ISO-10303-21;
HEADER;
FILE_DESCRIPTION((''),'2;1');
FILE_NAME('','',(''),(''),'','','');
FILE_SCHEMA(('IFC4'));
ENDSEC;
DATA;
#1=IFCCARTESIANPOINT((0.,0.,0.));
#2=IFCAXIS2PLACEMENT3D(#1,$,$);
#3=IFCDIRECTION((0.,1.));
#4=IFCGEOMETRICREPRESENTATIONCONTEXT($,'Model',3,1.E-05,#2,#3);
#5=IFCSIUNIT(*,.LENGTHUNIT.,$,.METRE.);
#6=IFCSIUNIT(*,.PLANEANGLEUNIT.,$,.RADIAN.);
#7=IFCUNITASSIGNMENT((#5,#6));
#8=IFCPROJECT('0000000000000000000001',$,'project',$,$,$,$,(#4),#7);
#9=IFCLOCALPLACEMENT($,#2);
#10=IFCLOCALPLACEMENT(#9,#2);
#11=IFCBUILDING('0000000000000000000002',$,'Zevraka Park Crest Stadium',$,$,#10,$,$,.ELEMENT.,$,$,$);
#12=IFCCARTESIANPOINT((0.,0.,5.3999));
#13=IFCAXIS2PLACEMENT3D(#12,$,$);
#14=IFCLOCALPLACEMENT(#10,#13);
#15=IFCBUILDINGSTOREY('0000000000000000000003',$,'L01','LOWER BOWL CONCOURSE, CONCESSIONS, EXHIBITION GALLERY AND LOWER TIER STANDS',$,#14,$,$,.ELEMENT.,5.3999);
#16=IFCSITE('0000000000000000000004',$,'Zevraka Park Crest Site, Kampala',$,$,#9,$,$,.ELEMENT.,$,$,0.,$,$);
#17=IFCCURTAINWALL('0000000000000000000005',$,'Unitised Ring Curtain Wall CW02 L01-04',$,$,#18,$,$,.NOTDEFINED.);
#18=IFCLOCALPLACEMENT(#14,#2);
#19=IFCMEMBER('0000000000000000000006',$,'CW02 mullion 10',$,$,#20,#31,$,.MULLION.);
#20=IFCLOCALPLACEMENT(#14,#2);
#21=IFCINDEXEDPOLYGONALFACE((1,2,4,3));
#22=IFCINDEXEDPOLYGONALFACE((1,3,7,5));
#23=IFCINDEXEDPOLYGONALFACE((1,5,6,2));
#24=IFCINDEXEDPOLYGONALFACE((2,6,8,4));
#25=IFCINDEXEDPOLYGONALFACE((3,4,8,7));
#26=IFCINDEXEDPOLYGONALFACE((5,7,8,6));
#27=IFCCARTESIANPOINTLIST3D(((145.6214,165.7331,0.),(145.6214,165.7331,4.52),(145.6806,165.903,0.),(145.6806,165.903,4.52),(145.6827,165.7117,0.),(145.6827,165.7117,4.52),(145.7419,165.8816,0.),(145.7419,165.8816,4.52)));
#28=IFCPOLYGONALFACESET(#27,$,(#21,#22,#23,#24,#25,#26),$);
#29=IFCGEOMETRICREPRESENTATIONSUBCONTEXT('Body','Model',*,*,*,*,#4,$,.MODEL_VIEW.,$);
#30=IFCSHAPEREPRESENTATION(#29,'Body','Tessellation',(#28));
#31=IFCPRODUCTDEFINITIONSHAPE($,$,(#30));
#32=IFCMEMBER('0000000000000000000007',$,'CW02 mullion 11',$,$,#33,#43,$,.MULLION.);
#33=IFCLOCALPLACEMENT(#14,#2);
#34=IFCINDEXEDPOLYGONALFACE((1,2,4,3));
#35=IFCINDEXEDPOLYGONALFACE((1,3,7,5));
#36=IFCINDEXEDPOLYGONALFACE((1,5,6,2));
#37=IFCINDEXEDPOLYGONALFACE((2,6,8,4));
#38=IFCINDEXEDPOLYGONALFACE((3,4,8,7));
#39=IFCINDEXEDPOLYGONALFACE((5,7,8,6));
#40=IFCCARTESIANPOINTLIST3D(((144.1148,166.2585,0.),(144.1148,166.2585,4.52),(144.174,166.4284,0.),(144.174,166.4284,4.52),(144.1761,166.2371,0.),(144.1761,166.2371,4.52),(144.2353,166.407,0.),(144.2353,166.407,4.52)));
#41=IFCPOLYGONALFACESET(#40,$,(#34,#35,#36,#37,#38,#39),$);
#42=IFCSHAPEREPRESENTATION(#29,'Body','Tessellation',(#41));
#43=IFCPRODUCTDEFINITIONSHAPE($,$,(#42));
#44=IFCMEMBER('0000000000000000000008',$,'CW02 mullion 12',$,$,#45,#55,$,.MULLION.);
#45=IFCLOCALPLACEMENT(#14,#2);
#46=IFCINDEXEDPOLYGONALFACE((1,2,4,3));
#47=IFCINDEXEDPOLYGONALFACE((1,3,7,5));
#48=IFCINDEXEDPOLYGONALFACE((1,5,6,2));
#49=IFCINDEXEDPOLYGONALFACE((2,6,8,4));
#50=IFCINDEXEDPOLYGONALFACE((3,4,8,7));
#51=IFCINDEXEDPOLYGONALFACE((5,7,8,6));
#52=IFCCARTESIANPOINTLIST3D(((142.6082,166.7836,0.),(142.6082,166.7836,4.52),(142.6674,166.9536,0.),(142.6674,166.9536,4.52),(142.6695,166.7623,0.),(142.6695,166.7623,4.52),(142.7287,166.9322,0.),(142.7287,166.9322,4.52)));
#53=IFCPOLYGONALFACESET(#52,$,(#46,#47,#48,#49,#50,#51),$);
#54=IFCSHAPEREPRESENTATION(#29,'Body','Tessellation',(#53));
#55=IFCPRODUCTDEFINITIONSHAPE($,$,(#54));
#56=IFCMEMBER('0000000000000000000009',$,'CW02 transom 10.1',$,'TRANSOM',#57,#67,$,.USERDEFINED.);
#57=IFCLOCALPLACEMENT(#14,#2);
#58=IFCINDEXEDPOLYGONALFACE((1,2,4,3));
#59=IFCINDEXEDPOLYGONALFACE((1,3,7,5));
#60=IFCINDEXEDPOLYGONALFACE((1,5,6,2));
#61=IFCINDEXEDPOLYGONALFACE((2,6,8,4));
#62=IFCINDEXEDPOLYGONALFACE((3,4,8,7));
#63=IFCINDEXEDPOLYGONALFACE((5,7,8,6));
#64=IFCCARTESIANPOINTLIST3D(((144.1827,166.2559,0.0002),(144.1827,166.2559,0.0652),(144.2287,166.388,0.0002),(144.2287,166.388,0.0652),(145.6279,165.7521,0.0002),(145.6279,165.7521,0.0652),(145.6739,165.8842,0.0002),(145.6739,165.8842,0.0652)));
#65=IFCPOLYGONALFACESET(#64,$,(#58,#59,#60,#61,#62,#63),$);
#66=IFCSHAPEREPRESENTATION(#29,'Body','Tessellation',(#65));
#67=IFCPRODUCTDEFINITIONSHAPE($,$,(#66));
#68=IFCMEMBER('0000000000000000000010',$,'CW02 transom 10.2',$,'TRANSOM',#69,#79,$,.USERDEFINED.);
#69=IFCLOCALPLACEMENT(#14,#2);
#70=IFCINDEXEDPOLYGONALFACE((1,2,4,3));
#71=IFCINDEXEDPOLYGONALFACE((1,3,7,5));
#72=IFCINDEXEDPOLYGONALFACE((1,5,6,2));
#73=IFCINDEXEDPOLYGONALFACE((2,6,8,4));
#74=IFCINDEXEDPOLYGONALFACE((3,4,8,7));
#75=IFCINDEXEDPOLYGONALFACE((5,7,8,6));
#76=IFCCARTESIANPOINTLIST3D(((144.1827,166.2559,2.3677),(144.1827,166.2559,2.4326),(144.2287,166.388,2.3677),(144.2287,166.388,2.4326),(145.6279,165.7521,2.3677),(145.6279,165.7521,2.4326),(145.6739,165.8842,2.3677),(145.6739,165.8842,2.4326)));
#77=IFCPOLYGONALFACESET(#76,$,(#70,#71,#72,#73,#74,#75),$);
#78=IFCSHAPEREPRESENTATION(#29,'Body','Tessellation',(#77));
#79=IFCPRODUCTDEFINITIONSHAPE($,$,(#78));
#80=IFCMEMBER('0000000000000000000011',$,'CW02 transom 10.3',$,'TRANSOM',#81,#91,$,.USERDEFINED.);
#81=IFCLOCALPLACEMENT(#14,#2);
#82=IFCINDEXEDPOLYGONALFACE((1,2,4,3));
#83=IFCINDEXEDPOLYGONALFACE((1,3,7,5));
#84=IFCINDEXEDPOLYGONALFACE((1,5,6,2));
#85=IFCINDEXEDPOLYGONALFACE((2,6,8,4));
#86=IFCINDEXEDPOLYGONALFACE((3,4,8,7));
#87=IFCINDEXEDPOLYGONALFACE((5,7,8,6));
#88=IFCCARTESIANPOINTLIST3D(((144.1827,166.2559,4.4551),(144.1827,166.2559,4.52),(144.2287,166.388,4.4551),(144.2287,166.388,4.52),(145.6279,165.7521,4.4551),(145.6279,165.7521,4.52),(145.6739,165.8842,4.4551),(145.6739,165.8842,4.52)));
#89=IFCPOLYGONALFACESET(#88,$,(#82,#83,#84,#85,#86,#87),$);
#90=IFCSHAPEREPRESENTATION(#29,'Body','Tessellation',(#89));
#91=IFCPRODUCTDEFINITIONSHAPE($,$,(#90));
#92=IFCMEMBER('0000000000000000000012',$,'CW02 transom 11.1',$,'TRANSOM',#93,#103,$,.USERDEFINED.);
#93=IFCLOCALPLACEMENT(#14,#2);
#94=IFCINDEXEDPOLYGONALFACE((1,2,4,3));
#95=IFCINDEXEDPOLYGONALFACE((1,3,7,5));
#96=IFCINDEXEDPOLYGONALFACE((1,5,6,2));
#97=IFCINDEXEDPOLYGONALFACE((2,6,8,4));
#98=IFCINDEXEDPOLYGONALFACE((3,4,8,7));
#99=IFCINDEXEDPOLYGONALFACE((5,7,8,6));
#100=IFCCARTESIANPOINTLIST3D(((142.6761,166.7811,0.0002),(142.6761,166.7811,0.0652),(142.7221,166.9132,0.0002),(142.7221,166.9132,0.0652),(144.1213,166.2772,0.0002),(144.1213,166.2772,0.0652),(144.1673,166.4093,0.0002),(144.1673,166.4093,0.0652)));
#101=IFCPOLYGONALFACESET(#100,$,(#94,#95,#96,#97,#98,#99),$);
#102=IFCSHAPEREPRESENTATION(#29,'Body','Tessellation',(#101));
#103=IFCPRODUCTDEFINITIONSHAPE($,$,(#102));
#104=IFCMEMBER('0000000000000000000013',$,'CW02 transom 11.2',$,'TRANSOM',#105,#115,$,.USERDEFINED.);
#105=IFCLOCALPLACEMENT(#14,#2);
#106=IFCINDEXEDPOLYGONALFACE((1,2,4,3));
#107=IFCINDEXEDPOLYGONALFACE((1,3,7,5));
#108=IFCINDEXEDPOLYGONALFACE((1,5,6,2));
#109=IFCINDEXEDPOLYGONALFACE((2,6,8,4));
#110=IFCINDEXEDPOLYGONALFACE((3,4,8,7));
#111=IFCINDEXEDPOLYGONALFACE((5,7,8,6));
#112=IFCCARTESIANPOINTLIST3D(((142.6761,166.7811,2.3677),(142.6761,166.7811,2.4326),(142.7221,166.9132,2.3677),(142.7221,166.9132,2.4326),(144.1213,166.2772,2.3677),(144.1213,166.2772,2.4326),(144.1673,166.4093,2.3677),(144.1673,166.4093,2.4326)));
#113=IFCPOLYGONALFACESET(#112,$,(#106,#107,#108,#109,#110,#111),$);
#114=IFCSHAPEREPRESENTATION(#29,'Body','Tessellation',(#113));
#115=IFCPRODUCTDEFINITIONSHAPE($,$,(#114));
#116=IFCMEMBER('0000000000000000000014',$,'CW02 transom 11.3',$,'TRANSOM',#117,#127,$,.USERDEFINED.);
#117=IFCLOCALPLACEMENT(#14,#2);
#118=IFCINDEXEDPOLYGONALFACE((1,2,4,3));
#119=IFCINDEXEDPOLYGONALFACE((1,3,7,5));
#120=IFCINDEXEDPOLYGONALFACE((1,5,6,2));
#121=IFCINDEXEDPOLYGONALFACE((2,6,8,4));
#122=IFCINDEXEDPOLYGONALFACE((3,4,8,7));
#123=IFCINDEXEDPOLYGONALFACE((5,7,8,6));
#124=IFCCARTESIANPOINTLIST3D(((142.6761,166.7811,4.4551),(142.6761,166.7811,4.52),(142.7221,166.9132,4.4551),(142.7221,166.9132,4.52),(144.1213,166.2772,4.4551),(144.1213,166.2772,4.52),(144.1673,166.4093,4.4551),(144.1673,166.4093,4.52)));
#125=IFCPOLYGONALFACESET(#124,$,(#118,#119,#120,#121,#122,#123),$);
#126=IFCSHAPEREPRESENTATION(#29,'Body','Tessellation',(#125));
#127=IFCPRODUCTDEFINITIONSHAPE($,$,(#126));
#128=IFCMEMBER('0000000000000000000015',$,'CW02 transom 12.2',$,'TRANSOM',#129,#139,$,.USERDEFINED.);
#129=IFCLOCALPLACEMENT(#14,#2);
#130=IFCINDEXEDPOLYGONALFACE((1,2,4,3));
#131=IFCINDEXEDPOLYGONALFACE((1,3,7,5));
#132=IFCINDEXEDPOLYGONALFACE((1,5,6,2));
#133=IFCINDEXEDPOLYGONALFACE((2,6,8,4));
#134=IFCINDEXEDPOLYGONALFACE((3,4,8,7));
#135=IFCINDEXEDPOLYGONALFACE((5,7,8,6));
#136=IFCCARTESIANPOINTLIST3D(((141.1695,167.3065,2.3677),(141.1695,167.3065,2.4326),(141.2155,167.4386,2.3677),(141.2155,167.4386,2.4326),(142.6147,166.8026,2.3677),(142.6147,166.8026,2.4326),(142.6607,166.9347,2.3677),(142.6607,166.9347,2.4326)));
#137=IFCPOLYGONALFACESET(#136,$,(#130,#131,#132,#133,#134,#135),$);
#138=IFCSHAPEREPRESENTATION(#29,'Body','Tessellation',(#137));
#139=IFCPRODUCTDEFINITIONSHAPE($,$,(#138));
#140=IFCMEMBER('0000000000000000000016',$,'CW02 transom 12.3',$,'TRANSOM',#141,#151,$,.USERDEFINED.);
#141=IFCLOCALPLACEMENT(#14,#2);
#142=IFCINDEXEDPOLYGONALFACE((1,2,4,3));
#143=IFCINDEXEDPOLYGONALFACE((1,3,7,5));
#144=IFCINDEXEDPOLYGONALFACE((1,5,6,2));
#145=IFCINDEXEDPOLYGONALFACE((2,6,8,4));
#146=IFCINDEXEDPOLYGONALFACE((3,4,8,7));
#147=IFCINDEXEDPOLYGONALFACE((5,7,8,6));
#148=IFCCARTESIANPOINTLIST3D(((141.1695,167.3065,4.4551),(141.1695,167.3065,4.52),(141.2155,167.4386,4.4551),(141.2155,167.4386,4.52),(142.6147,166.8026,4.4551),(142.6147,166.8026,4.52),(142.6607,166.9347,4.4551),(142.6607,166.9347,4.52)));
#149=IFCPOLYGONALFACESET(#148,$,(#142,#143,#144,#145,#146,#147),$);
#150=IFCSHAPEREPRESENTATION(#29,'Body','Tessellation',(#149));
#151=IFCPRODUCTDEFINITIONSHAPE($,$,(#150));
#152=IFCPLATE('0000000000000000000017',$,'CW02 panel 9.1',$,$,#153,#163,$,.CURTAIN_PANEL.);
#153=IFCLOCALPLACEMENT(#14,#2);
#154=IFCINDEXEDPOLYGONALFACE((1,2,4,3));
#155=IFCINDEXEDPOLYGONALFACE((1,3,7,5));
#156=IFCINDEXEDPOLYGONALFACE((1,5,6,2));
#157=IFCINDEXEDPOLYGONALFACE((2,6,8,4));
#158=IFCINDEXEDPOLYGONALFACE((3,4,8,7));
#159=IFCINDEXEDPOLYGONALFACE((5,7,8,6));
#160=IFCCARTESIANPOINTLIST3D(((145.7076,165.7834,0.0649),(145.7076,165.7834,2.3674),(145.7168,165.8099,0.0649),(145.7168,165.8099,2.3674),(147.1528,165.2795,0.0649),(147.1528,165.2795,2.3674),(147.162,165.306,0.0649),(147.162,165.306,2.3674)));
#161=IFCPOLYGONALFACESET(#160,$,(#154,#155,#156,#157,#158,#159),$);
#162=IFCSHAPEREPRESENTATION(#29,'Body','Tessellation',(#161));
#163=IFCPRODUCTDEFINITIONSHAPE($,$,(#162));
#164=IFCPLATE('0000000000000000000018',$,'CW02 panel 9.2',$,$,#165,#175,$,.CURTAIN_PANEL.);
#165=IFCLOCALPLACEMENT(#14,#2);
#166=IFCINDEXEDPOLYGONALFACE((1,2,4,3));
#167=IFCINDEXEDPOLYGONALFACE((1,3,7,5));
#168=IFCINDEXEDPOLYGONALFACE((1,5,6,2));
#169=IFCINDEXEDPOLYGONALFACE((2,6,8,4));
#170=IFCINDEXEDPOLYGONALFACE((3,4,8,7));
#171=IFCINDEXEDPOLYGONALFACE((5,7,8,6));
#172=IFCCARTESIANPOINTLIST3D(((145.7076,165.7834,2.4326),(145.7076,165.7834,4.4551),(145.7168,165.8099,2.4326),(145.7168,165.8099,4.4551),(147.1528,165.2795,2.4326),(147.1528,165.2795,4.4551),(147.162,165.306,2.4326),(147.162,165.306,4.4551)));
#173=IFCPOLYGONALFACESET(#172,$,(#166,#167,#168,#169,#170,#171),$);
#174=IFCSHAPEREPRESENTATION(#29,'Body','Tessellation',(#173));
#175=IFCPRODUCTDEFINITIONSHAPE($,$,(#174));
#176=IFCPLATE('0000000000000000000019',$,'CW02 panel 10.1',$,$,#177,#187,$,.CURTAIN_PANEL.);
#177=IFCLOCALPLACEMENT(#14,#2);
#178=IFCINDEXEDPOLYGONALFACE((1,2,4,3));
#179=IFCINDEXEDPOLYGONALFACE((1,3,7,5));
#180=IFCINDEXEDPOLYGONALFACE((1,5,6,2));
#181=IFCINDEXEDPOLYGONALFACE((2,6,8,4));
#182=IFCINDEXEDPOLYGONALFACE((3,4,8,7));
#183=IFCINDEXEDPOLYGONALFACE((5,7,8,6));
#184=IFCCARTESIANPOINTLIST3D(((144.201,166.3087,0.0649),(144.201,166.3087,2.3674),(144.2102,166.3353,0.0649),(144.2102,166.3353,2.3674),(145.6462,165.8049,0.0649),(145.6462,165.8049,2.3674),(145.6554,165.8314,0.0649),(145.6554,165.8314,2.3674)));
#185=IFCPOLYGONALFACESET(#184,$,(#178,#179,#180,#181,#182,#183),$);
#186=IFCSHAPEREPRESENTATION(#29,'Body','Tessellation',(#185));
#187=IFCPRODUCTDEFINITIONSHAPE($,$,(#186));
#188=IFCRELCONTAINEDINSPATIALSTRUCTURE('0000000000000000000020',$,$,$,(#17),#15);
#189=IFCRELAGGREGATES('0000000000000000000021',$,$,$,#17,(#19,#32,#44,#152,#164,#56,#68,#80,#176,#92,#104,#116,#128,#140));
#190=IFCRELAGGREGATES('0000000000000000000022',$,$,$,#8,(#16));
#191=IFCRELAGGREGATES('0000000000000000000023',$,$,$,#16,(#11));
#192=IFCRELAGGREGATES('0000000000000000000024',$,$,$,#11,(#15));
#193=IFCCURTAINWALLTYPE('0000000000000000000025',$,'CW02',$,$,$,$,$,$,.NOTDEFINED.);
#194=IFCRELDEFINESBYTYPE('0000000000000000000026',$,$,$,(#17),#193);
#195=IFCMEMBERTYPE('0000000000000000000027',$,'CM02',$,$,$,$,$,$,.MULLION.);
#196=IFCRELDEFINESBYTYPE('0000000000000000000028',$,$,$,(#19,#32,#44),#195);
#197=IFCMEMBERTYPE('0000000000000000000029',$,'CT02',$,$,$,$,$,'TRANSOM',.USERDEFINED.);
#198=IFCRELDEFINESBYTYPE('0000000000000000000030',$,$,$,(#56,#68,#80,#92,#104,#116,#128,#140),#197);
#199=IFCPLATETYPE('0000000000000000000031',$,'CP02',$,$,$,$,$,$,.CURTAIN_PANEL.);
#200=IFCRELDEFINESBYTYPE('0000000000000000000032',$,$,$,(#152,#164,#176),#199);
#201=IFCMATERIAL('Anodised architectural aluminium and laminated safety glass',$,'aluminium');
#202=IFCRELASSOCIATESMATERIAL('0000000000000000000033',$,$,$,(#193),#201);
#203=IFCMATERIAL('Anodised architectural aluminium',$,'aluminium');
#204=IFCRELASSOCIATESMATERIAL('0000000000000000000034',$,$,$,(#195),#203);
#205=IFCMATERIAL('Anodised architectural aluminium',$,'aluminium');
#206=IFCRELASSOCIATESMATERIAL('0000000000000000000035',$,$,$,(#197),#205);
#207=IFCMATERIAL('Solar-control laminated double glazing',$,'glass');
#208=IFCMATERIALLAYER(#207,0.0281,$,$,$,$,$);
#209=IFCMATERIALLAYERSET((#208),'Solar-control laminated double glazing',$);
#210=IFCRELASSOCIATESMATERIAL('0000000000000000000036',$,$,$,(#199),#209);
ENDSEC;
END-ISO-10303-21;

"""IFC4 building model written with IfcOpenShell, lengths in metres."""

from ifc_helpers import new_model, si_unit, direction, frame, origin, origin_2d, place, context, subcontext, project, spatial, rectangle, extrude, material, layer, layer_set, material_profile, profile_set, type_object, element, aggregate, save


model = new_model("IFC4")

# Units and contexts
model_context = context("Model", 3, precision=1e-05, world=origin(), true_north=direction((0.0, 1.0)))
body_context = subcontext(model_context, "Body", "Model", "MODEL_VIEW")
ifc_project = project(units=[si_unit("LENGTHUNIT", "METRE"), si_unit("PLANEANGLEUNIT", "RADIAN")], contexts=[model_context])

# Site, building, storey
site_placement = place(None, origin())
site = spatial("IfcSite", under=ifc_project, at=site_placement, Name="Zevraka Park Crest Site, Kampala", CompositionType="ELEMENT", RefElevation=0.0)
building_placement = place(site_placement, origin())
building = spatial("IfcBuilding", under=site, at=building_placement, Name="Zevraka Park Crest Stadium", CompositionType="ELEMENT")
storey_placement = place(building_placement, frame((0.0, 0.0, 5.3999)))
storey = spatial("IfcBuildingStorey", under=building, at=storey_placement, Name="L01", Description="LOWER BOWL CONCOURSE, CONCESSIONS, EXHIBITION GALLERY AND LOWER TIER STANDS", CompositionType="ELEMENT", Elevation=5.3999)

# Curtain wall, members, plates
ifc_material_1 = material(Name="Anodised architectural aluminium and laminated safety glass", Category="aluminium")
curtain_wall_type = type_object("IfcCurtainWallType", Name="CW02", PredefinedType="NOTDEFINED", material=ifc_material_1)
curtain_wall_placement = place(storey_placement, origin())
curtain_wall = element("IfcCurtainWall", 1, at=curtain_wall_placement, inside=storey, type_object=curtain_wall_type, Name="Unitised Ring Curtain Wall CW02 L01-04", PredefinedType="NOTDEFINED")
ifc_material_2 = material(Name="Anodised architectural aluminium", Category="aluminium")
ifc_material_profile_1 = material_profile(ifc_material_2, rectangle(XDim=0.1799, YDim=0.0649, at=origin_2d()), Name="ALU MULLION 180x65")
ifc_profile_set_1 = profile_set([ifc_material_profile_1], Name="Anodised architectural aluminium")
member_type_1 = type_object("IfcMemberType", Name="CM02", PredefinedType="MULLION", material=ifc_profile_set_1)
member_1_placement = place(storey_placement, frame((145.6816, 165.8074, 0.0), z_axis=(0.0, 0.0, 1.0), x_axis=(-0.329209, -0.944257, 0.0)))
member_1 = element("IfcMember", 2, at=member_1_placement, type_object=member_type_1, Name="CW02 mullion 10", PredefinedType="MULLION", context=body_context, shape_type="SweptSolid", body=[
    extrude(rectangle(XDim=0.1799, YDim=0.0649, at=origin_2d()), origin(), (0.0, 0.0, 1.0), 4.52),
])
member_2_placement = place(storey_placement, frame((144.175, 166.3328, 0.0), z_axis=(0.0, 0.0, 1.0), x_axis=(-0.329209, -0.944257, 0.0)))
member_2 = element("IfcMember", 3, at=member_2_placement, type_object=member_type_1, Name="CW02 mullion 11", PredefinedType="MULLION", context=body_context, shape_type="SweptSolid", body=[
    extrude(rectangle(XDim=0.1799, YDim=0.0649, at=origin_2d()), origin(), (0.0, 0.0, 1.0), 4.52),
])
member_3_placement = place(storey_placement, frame((142.6685, 166.8579, 0.0), z_axis=(0.0, 0.0, 1.0), x_axis=(-0.329209, -0.944257, 0.0)))
member_3 = element("IfcMember", 4, at=member_3_placement, type_object=member_type_1, Name="CW02 mullion 12", PredefinedType="MULLION", context=body_context, shape_type="SweptSolid", body=[
    extrude(rectangle(XDim=0.1799, YDim=0.0649, at=origin_2d()), origin(), (0.0, 0.0, 1.0), 4.52),
])
ifc_material_3 = material(Name="Anodised architectural aluminium", Category="aluminium")
ifc_material_profile_2 = material_profile(ifc_material_3, rectangle(XDim=0.1399, YDim=0.0649, at=origin_2d()), Name="ALU TRANSOM 140x65")
ifc_profile_set_2 = profile_set([ifc_material_profile_2], Name="Anodised architectural aluminium")
member_type_2 = type_object("IfcMemberType", Name="CT02", ElementType="TRANSOM", PredefinedType="USERDEFINED", material=ifc_profile_set_2)
member_4_placement = place(storey_placement, frame((145.6509, 165.8181, 0.0327), z_axis=(-0.944256, 0.329213, 0.0), x_axis=(-0.329213, -0.944256, 0.0)))
member_4 = element("IfcMember", 5, at=member_4_placement, type_object=member_type_2, Name="CW02 transom 10.1", ObjectType="TRANSOM", PredefinedType="USERDEFINED", context=body_context, shape_type="SweptSolid", body=[
    extrude(rectangle(XDim=0.1399, YDim=0.0649, at=origin_2d()), origin(), (0.0, 0.0, 1.0), 1.5305),
])
member_5_placement = place(storey_placement, frame((145.6509, 165.8181, 2.4001), z_axis=(-0.944256, 0.329213, 0.0), x_axis=(-0.329213, -0.944256, 0.0)))
member_5 = element("IfcMember", 6, at=member_5_placement, type_object=member_type_2, Name="CW02 transom 10.2", ObjectType="TRANSOM", PredefinedType="USERDEFINED", context=body_context, shape_type="SweptSolid", body=[
    extrude(rectangle(XDim=0.1399, YDim=0.0649, at=origin_2d()), origin(), (0.0, 0.0, 1.0), 1.5305),
])
member_6_placement = place(storey_placement, frame((145.6509, 165.8181, 4.4875), z_axis=(-0.944256, 0.329213, 0.0), x_axis=(-0.329213, -0.944256, 0.0)))
member_6 = element("IfcMember", 7, at=member_6_placement, type_object=member_type_2, Name="CW02 transom 10.3", ObjectType="TRANSOM", PredefinedType="USERDEFINED", context=body_context, shape_type="SweptSolid", body=[
    extrude(rectangle(XDim=0.1399, YDim=0.0649, at=origin_2d()), origin(), (0.0, 0.0, 1.0), 1.5305),
])
member_7_placement = place(storey_placement, frame((144.1443, 166.3433, 0.0327), z_axis=(-0.944256, 0.329213, 0.0), x_axis=(-0.329213, -0.944256, 0.0)))
member_7 = element("IfcMember", 8, at=member_7_placement, type_object=member_type_2, Name="CW02 transom 11.1", ObjectType="TRANSOM", PredefinedType="USERDEFINED", context=body_context, shape_type="SweptSolid", body=[
    extrude(rectangle(XDim=0.1399, YDim=0.0649, at=origin_2d()), origin(), (0.0, 0.0, 1.0), 1.5305),
])
member_8_placement = place(storey_placement, frame((144.1443, 166.3433, 2.4001), z_axis=(-0.944256, 0.329213, 0.0), x_axis=(-0.329213, -0.944256, 0.0)))
member_8 = element("IfcMember", 9, at=member_8_placement, type_object=member_type_2, Name="CW02 transom 11.2", ObjectType="TRANSOM", PredefinedType="USERDEFINED", context=body_context, shape_type="SweptSolid", body=[
    extrude(rectangle(XDim=0.1399, YDim=0.0649, at=origin_2d()), origin(), (0.0, 0.0, 1.0), 1.5305),
])
member_9_placement = place(storey_placement, frame((144.1443, 166.3433, 4.4875), z_axis=(-0.944256, 0.329213, 0.0), x_axis=(-0.329213, -0.944256, 0.0)))
member_9 = element("IfcMember", 10, at=member_9_placement, type_object=member_type_2, Name="CW02 transom 11.3", ObjectType="TRANSOM", PredefinedType="USERDEFINED", context=body_context, shape_type="SweptSolid", body=[
    extrude(rectangle(XDim=0.1399, YDim=0.0649, at=origin_2d()), origin(), (0.0, 0.0, 1.0), 1.5305),
])
member_10_placement = place(storey_placement, frame((142.6377, 166.8687, 2.4001), z_axis=(-0.944256, 0.329213, 0.0), x_axis=(-0.329213, -0.944256, 0.0)))
member_10 = element("IfcMember", 11, at=member_10_placement, type_object=member_type_2, Name="CW02 transom 12.2", ObjectType="TRANSOM", PredefinedType="USERDEFINED", context=body_context, shape_type="SweptSolid", body=[
    extrude(rectangle(XDim=0.1399, YDim=0.0649, at=origin_2d()), origin(), (0.0, 0.0, 1.0), 1.5305),
])
member_11_placement = place(storey_placement, frame((142.6377, 166.8687, 4.4875), z_axis=(-0.944256, 0.329213, 0.0), x_axis=(-0.329213, -0.944256, 0.0)))
member_11 = element("IfcMember", 12, at=member_11_placement, type_object=member_type_2, Name="CW02 transom 12.3", ObjectType="TRANSOM", PredefinedType="USERDEFINED", context=body_context, shape_type="SweptSolid", body=[
    extrude(rectangle(XDim=0.1399, YDim=0.0649, at=origin_2d()), origin(), (0.0, 0.0, 1.0), 1.5305),
])
ifc_material_4 = material(Name="Solar-control laminated double glazing", Category="glass")
ifc_layer_1 = layer(ifc_material_4, 0.0281)
ifc_layer_set_1 = layer_set([ifc_layer_1], Name="Solar-control laminated double glazing")
plate_type = type_object("IfcPlateType", Name="CP02", PredefinedType="CURTAIN_PANEL", material=ifc_layer_set_1)
plate_1_placement = place(storey_placement, frame((146.4348, 165.5447, 0.0649), z_axis=(0.0, 0.0, 1.0), x_axis=(-0.944257, 0.329209, 0.0)))
plate_1 = element("IfcPlate", 13, at=plate_1_placement, type_object=plate_type, Name="CW02 panel 9.1", PredefinedType="CURTAIN_PANEL", context=body_context, shape_type="SweptSolid", body=[
    extrude(rectangle(XDim=1.5305, YDim=0.0281, at=origin_2d()), origin(), (0.0, 0.0, 1.0), 2.3025),
])
plate_2_placement = place(storey_placement, frame((146.4348, 165.5447, 2.4326), z_axis=(0.0, 0.0, 1.0), x_axis=(-0.944257, 0.329209, 0.0)))
plate_2 = element("IfcPlate", 14, at=plate_2_placement, type_object=plate_type, Name="CW02 panel 9.2", PredefinedType="CURTAIN_PANEL", context=body_context, shape_type="SweptSolid", body=[
    extrude(rectangle(XDim=1.5305, YDim=0.0281, at=origin_2d()), origin(), (0.0, 0.0, 1.0), 2.0225),
])
plate_3_placement = place(storey_placement, frame((144.9282, 166.0701, 0.0649), z_axis=(0.0, 0.0, 1.0), x_axis=(-0.944257, 0.329209, 0.0)))
plate_3 = element("IfcPlate", 15, at=plate_3_placement, type_object=plate_type, Name="CW02 panel 10.1", PredefinedType="CURTAIN_PANEL", context=body_context, shape_type="SweptSolid", body=[
    extrude(rectangle(XDim=1.5305, YDim=0.0281, at=origin_2d()), origin(), (0.0, 0.0, 1.0), 2.3025),
])
aggregate(curtain_wall, [member_1, member_2, member_3, plate_1, plate_2, member_4, member_5, member_6, plate_3, member_7, member_8, member_9, member_10, member_11])

save(model, "model.ifc")
